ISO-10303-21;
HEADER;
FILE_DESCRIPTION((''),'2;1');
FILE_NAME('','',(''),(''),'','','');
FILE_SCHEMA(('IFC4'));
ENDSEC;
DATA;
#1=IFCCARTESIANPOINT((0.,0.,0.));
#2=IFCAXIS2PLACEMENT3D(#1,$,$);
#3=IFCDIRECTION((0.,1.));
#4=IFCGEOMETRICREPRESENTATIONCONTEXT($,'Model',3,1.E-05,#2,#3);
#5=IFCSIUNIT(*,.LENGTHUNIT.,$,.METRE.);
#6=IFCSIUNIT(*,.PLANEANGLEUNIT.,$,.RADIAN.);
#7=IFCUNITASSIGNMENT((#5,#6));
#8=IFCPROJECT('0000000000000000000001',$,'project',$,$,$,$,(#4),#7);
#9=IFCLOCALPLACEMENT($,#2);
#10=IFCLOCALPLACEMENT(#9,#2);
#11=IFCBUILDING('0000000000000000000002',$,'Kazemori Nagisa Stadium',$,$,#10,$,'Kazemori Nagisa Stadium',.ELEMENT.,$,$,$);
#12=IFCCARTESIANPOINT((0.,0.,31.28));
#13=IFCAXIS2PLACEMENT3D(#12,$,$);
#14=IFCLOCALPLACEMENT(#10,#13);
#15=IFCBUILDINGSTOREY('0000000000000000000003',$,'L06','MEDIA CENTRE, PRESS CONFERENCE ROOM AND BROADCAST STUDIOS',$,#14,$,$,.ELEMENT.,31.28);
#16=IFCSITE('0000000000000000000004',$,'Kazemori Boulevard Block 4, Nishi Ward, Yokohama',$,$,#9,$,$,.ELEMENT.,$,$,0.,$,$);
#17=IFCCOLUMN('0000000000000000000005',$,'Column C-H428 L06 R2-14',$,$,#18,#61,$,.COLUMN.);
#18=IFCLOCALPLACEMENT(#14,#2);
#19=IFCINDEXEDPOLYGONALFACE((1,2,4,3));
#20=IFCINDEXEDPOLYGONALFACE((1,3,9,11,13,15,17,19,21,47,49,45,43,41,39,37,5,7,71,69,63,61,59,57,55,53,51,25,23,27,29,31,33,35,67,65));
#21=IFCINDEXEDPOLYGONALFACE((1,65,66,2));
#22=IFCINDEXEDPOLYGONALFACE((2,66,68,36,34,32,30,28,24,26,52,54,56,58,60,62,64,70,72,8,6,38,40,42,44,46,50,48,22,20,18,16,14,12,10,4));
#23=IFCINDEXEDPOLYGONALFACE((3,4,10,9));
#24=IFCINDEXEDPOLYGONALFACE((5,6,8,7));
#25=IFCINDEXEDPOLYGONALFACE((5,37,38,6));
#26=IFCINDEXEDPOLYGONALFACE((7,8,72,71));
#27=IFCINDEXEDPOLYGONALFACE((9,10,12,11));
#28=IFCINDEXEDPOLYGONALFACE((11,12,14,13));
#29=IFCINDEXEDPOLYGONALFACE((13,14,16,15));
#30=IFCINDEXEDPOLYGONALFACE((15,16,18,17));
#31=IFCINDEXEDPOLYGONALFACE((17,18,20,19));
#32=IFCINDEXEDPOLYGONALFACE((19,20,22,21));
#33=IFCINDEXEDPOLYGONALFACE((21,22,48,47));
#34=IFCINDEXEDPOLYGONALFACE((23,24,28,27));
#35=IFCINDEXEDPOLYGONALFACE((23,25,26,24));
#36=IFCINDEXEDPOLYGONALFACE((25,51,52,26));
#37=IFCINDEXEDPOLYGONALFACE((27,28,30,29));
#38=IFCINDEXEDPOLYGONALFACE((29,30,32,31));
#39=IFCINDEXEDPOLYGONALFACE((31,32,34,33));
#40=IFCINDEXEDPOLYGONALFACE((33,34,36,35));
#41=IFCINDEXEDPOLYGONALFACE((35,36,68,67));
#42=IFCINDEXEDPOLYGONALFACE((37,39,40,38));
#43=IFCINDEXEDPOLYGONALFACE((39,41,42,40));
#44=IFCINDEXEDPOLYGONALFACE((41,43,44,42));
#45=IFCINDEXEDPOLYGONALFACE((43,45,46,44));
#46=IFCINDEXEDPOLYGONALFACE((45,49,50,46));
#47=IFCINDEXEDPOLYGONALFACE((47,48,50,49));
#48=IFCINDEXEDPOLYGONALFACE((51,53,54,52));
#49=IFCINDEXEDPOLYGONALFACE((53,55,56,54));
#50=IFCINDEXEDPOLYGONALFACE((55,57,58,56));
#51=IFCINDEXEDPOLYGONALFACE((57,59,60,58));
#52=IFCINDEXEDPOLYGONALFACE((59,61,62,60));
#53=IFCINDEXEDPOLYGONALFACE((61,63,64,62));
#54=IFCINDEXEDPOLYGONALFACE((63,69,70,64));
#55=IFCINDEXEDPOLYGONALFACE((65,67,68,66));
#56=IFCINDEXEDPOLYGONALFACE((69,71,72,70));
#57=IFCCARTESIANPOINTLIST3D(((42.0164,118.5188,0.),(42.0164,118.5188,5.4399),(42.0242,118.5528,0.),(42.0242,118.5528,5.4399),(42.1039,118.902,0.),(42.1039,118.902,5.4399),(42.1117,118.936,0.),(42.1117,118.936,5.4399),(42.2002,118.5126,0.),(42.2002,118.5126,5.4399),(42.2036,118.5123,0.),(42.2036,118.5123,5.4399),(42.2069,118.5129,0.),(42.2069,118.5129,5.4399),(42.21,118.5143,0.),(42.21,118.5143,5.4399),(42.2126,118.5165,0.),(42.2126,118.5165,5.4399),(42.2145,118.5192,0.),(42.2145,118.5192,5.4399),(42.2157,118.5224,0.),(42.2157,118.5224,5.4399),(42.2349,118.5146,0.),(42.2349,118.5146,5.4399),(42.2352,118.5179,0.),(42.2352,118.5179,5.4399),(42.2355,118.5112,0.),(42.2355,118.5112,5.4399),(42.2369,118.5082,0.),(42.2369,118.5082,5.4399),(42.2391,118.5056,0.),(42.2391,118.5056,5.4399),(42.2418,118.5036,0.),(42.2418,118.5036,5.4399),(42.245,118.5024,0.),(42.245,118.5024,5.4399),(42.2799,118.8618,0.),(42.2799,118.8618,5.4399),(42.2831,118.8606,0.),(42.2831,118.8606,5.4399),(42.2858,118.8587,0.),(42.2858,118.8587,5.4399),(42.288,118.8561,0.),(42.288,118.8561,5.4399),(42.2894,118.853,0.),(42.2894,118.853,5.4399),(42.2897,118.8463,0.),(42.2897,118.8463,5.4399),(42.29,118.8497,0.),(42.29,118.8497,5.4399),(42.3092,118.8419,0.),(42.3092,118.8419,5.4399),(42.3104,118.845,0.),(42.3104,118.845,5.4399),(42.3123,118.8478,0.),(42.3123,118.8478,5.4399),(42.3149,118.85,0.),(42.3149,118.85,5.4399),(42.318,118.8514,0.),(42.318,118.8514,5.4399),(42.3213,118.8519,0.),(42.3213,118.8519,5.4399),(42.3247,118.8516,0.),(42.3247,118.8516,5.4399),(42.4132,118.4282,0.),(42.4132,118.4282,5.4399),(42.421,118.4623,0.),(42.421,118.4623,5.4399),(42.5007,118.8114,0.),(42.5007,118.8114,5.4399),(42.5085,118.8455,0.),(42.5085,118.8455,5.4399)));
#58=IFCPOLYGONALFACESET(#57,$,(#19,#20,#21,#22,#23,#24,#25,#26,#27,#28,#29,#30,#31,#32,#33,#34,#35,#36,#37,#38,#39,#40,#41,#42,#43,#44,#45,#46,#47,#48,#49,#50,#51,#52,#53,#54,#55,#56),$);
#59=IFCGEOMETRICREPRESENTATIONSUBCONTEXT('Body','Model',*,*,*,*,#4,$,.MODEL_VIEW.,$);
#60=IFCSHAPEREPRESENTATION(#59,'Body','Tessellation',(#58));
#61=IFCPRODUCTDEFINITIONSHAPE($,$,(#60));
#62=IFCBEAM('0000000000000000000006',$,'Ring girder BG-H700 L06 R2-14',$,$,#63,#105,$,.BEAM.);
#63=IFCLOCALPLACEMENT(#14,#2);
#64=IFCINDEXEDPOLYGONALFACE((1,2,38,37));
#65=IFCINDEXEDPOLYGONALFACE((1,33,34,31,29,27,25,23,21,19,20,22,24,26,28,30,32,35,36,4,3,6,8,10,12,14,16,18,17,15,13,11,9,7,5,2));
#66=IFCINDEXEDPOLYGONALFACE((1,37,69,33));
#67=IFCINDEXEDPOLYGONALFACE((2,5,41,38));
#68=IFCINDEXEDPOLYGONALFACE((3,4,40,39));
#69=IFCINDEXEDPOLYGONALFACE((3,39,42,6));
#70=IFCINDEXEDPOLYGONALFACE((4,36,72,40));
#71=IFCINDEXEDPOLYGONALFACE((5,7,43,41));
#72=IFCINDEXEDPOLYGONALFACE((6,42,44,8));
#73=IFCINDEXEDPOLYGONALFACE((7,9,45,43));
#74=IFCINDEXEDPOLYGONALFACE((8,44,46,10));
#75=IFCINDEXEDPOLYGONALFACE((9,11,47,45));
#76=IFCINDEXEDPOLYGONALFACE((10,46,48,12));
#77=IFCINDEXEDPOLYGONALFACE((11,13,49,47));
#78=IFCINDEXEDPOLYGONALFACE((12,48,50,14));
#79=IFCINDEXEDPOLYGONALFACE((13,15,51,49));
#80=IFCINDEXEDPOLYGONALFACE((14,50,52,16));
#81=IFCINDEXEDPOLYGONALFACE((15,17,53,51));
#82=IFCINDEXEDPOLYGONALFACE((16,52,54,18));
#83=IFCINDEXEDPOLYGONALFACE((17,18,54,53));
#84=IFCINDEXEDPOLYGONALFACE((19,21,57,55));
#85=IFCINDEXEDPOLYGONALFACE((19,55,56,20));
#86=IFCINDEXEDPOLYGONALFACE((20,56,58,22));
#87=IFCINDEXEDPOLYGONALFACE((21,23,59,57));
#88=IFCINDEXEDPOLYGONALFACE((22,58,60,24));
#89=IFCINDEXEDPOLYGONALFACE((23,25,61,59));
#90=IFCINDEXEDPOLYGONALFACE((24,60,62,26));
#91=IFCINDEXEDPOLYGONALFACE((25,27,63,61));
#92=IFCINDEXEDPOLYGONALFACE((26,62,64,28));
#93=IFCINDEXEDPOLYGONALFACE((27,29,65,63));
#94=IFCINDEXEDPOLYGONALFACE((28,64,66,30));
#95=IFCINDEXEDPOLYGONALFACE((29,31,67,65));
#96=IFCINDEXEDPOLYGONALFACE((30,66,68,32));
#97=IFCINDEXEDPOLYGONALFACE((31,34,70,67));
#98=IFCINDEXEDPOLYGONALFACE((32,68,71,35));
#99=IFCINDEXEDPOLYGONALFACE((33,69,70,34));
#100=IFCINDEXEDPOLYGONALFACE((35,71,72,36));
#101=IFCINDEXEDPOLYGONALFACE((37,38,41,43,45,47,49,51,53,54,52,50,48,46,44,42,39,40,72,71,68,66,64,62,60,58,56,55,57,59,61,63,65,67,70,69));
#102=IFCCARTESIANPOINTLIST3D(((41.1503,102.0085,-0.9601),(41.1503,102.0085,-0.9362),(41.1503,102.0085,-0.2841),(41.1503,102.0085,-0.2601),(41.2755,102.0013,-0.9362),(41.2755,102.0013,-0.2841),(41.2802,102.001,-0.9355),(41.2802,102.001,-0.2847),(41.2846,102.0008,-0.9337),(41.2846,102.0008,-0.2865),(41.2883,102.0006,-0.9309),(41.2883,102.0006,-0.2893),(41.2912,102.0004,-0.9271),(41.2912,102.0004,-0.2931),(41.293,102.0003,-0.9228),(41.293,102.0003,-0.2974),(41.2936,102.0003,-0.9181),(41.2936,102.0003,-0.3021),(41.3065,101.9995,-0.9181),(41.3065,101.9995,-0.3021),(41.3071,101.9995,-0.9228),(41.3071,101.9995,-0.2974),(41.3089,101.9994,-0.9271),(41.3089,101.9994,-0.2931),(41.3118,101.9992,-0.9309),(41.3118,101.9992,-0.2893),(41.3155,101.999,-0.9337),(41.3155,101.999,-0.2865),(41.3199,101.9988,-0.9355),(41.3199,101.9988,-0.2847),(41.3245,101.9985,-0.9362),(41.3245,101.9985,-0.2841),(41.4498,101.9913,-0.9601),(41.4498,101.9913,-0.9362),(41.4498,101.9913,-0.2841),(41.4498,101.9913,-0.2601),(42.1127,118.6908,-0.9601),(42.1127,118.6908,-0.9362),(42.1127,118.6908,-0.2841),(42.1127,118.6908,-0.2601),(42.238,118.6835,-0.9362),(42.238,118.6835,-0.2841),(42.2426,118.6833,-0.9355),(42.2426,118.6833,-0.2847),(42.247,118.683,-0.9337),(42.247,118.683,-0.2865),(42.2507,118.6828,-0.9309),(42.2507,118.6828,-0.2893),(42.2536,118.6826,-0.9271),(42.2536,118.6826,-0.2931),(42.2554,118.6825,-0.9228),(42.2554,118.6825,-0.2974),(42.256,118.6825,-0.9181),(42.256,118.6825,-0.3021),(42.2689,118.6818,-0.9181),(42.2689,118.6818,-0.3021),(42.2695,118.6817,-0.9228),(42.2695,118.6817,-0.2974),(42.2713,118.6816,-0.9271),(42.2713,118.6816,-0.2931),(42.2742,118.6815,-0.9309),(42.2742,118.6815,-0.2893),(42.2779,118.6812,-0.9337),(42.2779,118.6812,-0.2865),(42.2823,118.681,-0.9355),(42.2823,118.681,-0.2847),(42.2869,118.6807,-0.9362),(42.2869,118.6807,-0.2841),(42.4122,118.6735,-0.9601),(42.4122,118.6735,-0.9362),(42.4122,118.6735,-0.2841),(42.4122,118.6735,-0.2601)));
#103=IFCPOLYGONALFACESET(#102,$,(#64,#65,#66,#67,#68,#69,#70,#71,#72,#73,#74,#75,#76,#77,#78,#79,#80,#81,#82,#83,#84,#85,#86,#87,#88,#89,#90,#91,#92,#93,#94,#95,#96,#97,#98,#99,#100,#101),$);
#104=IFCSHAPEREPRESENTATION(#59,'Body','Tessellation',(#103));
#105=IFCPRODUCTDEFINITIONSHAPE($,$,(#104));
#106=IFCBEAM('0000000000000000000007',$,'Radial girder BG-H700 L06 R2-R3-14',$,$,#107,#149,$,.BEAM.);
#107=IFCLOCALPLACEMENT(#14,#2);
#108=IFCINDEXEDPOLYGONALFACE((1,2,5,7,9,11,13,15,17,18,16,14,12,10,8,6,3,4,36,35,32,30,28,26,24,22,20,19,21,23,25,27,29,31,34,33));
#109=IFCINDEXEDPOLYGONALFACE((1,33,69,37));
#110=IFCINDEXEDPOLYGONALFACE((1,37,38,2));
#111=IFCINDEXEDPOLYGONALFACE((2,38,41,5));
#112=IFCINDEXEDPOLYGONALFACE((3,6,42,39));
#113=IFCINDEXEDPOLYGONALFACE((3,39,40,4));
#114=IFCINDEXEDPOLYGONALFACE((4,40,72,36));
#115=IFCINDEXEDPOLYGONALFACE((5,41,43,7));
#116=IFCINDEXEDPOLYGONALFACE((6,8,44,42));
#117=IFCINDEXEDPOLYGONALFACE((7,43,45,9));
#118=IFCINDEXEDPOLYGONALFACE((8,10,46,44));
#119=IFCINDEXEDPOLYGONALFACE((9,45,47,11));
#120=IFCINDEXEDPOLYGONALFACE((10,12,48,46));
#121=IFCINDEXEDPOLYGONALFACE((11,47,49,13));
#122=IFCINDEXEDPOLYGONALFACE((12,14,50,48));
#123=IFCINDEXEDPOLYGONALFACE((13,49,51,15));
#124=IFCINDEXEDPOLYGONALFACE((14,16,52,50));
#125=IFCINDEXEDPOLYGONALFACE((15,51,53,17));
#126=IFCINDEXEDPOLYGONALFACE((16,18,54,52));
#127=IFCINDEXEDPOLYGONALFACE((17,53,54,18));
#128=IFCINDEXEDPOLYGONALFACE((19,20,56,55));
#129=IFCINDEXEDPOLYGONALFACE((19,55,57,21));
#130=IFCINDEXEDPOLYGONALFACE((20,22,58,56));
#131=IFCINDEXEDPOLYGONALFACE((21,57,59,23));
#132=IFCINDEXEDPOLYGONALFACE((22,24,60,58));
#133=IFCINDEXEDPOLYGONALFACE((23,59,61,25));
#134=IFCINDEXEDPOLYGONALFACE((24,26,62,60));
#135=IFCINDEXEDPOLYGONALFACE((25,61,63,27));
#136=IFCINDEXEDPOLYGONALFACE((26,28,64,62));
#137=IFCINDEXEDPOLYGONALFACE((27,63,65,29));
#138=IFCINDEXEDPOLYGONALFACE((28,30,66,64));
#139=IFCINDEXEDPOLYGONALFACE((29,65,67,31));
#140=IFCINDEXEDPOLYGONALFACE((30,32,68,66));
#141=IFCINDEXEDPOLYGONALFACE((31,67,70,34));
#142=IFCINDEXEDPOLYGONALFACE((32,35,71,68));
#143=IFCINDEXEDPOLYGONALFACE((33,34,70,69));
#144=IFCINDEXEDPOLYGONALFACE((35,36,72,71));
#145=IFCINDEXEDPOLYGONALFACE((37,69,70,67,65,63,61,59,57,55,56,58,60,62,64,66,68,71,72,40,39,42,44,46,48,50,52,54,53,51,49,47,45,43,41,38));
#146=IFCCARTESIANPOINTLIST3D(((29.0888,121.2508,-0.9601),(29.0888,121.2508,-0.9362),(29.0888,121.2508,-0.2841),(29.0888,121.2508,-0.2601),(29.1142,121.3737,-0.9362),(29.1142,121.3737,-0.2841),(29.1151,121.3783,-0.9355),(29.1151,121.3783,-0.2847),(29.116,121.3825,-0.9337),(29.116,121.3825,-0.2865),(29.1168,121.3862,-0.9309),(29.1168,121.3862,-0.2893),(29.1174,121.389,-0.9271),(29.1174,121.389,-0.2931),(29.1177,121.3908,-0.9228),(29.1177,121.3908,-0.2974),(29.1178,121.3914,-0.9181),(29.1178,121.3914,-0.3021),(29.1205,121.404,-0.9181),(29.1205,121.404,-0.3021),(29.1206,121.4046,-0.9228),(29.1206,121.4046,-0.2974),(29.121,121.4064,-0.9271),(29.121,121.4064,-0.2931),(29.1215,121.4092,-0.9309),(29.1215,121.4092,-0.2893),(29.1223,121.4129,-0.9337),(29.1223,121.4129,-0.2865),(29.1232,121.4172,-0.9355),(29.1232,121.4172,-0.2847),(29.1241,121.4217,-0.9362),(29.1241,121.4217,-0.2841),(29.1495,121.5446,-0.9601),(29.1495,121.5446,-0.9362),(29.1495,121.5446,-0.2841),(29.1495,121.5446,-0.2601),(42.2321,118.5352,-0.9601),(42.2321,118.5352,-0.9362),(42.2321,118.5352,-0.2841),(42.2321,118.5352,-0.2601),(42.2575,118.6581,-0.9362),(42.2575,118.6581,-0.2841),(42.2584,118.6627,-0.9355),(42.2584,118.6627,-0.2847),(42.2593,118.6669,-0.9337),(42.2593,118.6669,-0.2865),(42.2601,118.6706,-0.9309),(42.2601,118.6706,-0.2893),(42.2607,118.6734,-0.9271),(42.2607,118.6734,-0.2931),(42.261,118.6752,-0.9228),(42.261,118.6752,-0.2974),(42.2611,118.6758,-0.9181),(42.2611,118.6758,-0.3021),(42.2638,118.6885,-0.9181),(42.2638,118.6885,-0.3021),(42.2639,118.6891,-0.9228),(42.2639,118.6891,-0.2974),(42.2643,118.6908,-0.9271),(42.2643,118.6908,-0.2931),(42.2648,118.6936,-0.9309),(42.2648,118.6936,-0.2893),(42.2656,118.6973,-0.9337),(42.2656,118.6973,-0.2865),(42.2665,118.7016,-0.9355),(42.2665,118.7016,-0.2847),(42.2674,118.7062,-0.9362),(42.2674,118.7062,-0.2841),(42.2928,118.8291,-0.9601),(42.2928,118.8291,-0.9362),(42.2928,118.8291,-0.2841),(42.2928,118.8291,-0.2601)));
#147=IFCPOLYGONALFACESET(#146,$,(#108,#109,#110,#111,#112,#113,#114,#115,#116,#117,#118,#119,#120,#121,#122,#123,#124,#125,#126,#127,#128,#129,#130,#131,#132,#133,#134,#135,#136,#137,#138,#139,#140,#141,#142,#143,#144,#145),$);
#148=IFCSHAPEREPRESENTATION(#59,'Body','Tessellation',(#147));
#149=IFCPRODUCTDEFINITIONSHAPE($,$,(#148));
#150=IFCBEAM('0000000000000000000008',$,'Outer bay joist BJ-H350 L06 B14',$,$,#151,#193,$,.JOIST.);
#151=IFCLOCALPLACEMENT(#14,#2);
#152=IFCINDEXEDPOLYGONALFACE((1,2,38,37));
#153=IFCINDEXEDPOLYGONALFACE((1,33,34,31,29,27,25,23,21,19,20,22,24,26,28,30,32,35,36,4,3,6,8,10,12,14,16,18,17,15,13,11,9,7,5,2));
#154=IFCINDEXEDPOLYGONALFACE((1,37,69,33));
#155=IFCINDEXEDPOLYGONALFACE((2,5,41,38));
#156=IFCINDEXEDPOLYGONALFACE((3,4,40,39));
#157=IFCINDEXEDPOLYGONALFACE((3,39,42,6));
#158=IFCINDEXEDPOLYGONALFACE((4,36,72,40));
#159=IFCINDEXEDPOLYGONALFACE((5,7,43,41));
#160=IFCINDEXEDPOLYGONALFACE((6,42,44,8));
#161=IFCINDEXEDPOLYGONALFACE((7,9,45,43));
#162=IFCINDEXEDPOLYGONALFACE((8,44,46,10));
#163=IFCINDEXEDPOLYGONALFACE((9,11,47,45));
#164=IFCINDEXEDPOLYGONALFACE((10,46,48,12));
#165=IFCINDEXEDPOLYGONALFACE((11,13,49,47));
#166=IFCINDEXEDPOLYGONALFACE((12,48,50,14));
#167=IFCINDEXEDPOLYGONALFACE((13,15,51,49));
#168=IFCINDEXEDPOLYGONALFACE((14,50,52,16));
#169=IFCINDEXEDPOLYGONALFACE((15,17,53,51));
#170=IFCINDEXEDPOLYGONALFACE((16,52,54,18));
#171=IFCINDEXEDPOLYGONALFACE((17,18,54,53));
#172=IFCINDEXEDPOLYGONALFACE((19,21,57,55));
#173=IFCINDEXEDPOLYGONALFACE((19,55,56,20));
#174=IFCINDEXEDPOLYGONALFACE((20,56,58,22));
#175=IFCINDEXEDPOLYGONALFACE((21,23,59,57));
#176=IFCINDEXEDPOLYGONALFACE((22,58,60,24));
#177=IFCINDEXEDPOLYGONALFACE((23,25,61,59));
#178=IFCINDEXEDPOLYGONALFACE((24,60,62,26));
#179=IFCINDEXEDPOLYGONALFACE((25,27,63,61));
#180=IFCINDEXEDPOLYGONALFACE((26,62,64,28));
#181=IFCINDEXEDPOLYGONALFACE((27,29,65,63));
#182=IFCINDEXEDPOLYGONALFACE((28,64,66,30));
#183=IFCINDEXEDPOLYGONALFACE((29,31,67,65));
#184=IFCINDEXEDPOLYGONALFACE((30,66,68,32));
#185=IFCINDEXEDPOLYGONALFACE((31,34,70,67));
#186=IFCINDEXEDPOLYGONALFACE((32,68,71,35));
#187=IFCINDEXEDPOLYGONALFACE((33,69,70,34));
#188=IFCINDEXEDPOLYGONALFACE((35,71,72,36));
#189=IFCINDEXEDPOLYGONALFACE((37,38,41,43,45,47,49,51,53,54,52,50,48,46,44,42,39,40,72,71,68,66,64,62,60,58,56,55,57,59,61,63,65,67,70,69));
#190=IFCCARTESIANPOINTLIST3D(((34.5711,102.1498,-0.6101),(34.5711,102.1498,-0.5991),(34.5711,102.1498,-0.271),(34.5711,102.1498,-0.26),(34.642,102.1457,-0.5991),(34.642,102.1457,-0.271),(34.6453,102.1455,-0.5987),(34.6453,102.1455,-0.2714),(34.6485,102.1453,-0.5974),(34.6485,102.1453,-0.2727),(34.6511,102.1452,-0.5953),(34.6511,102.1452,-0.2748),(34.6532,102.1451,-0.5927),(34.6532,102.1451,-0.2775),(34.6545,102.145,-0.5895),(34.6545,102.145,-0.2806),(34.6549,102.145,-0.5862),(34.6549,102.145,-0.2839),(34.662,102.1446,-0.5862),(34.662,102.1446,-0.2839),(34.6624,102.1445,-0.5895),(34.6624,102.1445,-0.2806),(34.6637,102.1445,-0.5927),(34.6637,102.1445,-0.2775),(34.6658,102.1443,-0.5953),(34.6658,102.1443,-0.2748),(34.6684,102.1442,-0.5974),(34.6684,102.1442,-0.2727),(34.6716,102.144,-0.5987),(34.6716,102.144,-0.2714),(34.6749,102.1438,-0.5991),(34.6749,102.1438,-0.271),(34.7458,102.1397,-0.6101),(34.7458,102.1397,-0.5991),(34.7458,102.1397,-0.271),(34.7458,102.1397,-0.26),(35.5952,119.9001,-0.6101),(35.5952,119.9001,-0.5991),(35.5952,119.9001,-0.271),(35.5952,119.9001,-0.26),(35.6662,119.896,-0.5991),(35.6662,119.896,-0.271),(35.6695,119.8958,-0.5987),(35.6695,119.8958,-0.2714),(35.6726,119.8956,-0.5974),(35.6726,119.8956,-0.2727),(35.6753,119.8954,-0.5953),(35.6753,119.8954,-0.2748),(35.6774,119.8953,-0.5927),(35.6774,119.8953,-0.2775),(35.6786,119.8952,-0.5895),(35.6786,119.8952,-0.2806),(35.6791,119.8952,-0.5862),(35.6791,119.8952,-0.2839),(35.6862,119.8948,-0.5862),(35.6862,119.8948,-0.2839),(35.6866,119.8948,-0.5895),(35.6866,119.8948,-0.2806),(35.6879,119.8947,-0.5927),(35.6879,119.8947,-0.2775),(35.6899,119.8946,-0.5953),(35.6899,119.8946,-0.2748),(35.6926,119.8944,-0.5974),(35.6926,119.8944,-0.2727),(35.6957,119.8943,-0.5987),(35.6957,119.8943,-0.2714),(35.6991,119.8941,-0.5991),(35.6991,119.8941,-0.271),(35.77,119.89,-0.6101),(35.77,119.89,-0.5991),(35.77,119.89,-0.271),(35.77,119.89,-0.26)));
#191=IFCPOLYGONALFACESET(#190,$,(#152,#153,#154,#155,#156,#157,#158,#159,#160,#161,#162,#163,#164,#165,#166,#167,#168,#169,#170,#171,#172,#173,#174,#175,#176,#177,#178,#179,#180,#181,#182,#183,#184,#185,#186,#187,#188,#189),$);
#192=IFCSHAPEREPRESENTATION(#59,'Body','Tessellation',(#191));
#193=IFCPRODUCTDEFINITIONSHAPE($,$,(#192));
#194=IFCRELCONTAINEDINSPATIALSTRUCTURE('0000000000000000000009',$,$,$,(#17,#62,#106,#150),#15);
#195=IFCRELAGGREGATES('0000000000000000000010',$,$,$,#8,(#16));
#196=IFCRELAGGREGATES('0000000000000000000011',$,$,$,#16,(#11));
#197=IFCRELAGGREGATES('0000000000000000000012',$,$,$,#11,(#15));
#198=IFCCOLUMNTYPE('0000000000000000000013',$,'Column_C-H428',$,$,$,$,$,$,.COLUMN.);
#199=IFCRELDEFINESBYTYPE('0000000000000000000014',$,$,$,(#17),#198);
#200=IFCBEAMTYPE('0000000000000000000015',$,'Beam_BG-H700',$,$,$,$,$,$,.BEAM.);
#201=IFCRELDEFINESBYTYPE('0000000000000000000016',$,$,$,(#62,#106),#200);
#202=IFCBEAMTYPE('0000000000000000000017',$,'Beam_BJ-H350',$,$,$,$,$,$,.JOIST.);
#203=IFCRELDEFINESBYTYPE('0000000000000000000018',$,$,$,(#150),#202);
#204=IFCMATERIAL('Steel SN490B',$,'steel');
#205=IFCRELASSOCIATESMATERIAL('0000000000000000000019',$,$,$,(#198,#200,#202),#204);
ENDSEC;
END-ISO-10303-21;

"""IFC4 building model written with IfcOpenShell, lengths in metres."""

from ifc_helpers import new_model, si_unit, direction, frame, origin, origin_2d, place, context, subcontext, project, spatial, i_section, extrude, material, material_profile, profile_set, type_object, element, save


model = new_model("IFC4")

# Units and contexts
model_context = context("Model", 3, precision=1e-05, world=origin(), true_north=direction((0.0, 1.0)))
body_context = subcontext(model_context, "Body", "Model", "MODEL_VIEW")
ifc_project = project(units=[si_unit("LENGTHUNIT", "METRE"), si_unit("PLANEANGLEUNIT", "RADIAN")], contexts=[model_context])

# Site, building, storey
site_placement = place(None, origin())
site = spatial("IfcSite", under=ifc_project, at=site_placement, Name="Kazemori Boulevard Block 4, Nishi Ward, Yokohama", CompositionType="ELEMENT", RefElevation=0.0)
building_placement = place(site_placement, origin())
building = spatial("IfcBuilding", under=site, at=building_placement, Name="Kazemori Nagisa Stadium", LongName="Kazemori Nagisa Stadium", CompositionType="ELEMENT")
storey_placement = place(building_placement, frame((0.0, 0.0, 31.28)))
storey = spatial("IfcBuildingStorey", under=building, at=storey_placement, Name="L06", Description="MEDIA CENTRE, PRESS CONFERENCE ROOM AND BROADCAST STUDIOS", CompositionType="ELEMENT", Elevation=31.28)

# Column
ifc_material_1 = material(Name="Steel SN490B", Category="steel")
ifc_material_profile_1 = material_profile(ifc_material_1, i_section(OverallWidth=0.407, OverallDepth=0.428, WebThickness=0.02, FlangeThickness=0.0349, FilletRadius=0.0129, at=origin_2d()), Name="H-428x407x20x35")
ifc_profile_set_1 = profile_set([ifc_material_profile_1], Name="Steel SN490B")
column_type = type_object("IfcColumnType", Name="Column_C-H428", PredefinedType="COLUMN", material=ifc_profile_set_1)
column_placement = place(storey_placement, frame((42.2625, 118.6821, 0.0), z_axis=(0.0, 0.0, 1.0), x_axis=(-0.974928, 0.222521, 0.0)))
element("IfcColumn", 1, at=column_placement, inside=storey, type_object=column_type, Name="Column C-H428 L06 R2-14", PredefinedType="COLUMN", context=body_context, shape_type="SweptSolid", body=[
    extrude(i_section(OverallWidth=0.407, OverallDepth=0.428, WebThickness=0.02, FlangeThickness=0.0349, FilletRadius=0.0129, at=origin_2d()), origin(), (0.0, 0.0, 1.0), 5.4399),
])

# Beams
ifc_material_profile_2 = material_profile(ifc_material_1, i_section(OverallWidth=0.3, OverallDepth=0.7, WebThickness=0.0129, FlangeThickness=0.0239, FilletRadius=0.0181, at=origin_2d()), Name="H-700x300x13x24")
ifc_profile_set_2 = profile_set([ifc_material_profile_2], Name="Steel SN490B")
beam_type_1 = type_object("IfcBeamType", Name="Beam_BG-H700", PredefinedType="BEAM", material=ifc_profile_set_2)
beam_1_placement = place(storey_placement, frame((42.2625, 118.6821, -0.6101), z_axis=(-0.057595, -0.99834, 0.0), x_axis=(0.99834, -0.057595, 0.0)))
element("IfcBeam", 2, at=beam_1_placement, inside=storey, type_object=beam_type_1, Name="Ring girder BG-H700 L06 R2-14", PredefinedType="BEAM", context=body_context, shape_type="SweptSolid", body=[
    extrude(i_section(OverallWidth=0.3, OverallDepth=0.7, WebThickness=0.0129, FlangeThickness=0.0239, FilletRadius=0.0181, at=origin_2d()), origin(), (0.0, 0.0, 1.0), 16.71),
])
beam_2_placement = place(storey_placement, frame((42.2625, 118.6821, -0.6101), z_axis=(-0.979316, 0.202339, 0.0), x_axis=(-0.202339, -0.979316, 0.0)))
element("IfcBeam", 3, at=beam_2_placement, inside=storey, type_object=beam_type_1, Name="Radial girder BG-H700 L06 R2-R3-14", PredefinedType="BEAM", context=body_context, shape_type="SweptSolid", body=[
    extrude(i_section(OverallWidth=0.3, OverallDepth=0.7, WebThickness=0.0129, FlangeThickness=0.0239, FilletRadius=0.0181, at=origin_2d()), origin(), (0.0, 0.0, 1.0), 13.4209),
])
ifc_material_profile_3 = material_profile(ifc_material_1, i_section(OverallWidth=0.175, OverallDepth=0.3501, WebThickness=0.0071, FlangeThickness=0.011, FilletRadius=0.0129, at=origin_2d()), Name="H-350x175x7x11")
ifc_profile_set_3 = profile_set([ifc_material_profile_3], Name="Steel SN490B")
beam_type_2 = type_object("IfcBeamType", Name="Beam_BJ-H350", PredefinedType="JOIST", material=ifc_profile_set_3)
beam_3_placement = place(storey_placement, frame((35.6826, 119.895, -0.4351), z_axis=(-0.057603, -0.99834, 0.0), x_axis=(0.99834, -0.057603, 0.0)))
element("IfcBeam", 4, at=beam_3_placement, inside=storey, type_object=beam_type_2, Name="Outer bay joist BJ-H350 L06 B14", PredefinedType="JOIST", context=body_context, shape_type="SweptSolid", body=[
    extrude(i_section(OverallWidth=0.175, OverallDepth=0.3501, WebThickness=0.0071, FlangeThickness=0.011, FilletRadius=0.0129, at=origin_2d()), origin(), (0.0, 0.0, 1.0), 17.7798),
])

save(model, "model.ifc")
